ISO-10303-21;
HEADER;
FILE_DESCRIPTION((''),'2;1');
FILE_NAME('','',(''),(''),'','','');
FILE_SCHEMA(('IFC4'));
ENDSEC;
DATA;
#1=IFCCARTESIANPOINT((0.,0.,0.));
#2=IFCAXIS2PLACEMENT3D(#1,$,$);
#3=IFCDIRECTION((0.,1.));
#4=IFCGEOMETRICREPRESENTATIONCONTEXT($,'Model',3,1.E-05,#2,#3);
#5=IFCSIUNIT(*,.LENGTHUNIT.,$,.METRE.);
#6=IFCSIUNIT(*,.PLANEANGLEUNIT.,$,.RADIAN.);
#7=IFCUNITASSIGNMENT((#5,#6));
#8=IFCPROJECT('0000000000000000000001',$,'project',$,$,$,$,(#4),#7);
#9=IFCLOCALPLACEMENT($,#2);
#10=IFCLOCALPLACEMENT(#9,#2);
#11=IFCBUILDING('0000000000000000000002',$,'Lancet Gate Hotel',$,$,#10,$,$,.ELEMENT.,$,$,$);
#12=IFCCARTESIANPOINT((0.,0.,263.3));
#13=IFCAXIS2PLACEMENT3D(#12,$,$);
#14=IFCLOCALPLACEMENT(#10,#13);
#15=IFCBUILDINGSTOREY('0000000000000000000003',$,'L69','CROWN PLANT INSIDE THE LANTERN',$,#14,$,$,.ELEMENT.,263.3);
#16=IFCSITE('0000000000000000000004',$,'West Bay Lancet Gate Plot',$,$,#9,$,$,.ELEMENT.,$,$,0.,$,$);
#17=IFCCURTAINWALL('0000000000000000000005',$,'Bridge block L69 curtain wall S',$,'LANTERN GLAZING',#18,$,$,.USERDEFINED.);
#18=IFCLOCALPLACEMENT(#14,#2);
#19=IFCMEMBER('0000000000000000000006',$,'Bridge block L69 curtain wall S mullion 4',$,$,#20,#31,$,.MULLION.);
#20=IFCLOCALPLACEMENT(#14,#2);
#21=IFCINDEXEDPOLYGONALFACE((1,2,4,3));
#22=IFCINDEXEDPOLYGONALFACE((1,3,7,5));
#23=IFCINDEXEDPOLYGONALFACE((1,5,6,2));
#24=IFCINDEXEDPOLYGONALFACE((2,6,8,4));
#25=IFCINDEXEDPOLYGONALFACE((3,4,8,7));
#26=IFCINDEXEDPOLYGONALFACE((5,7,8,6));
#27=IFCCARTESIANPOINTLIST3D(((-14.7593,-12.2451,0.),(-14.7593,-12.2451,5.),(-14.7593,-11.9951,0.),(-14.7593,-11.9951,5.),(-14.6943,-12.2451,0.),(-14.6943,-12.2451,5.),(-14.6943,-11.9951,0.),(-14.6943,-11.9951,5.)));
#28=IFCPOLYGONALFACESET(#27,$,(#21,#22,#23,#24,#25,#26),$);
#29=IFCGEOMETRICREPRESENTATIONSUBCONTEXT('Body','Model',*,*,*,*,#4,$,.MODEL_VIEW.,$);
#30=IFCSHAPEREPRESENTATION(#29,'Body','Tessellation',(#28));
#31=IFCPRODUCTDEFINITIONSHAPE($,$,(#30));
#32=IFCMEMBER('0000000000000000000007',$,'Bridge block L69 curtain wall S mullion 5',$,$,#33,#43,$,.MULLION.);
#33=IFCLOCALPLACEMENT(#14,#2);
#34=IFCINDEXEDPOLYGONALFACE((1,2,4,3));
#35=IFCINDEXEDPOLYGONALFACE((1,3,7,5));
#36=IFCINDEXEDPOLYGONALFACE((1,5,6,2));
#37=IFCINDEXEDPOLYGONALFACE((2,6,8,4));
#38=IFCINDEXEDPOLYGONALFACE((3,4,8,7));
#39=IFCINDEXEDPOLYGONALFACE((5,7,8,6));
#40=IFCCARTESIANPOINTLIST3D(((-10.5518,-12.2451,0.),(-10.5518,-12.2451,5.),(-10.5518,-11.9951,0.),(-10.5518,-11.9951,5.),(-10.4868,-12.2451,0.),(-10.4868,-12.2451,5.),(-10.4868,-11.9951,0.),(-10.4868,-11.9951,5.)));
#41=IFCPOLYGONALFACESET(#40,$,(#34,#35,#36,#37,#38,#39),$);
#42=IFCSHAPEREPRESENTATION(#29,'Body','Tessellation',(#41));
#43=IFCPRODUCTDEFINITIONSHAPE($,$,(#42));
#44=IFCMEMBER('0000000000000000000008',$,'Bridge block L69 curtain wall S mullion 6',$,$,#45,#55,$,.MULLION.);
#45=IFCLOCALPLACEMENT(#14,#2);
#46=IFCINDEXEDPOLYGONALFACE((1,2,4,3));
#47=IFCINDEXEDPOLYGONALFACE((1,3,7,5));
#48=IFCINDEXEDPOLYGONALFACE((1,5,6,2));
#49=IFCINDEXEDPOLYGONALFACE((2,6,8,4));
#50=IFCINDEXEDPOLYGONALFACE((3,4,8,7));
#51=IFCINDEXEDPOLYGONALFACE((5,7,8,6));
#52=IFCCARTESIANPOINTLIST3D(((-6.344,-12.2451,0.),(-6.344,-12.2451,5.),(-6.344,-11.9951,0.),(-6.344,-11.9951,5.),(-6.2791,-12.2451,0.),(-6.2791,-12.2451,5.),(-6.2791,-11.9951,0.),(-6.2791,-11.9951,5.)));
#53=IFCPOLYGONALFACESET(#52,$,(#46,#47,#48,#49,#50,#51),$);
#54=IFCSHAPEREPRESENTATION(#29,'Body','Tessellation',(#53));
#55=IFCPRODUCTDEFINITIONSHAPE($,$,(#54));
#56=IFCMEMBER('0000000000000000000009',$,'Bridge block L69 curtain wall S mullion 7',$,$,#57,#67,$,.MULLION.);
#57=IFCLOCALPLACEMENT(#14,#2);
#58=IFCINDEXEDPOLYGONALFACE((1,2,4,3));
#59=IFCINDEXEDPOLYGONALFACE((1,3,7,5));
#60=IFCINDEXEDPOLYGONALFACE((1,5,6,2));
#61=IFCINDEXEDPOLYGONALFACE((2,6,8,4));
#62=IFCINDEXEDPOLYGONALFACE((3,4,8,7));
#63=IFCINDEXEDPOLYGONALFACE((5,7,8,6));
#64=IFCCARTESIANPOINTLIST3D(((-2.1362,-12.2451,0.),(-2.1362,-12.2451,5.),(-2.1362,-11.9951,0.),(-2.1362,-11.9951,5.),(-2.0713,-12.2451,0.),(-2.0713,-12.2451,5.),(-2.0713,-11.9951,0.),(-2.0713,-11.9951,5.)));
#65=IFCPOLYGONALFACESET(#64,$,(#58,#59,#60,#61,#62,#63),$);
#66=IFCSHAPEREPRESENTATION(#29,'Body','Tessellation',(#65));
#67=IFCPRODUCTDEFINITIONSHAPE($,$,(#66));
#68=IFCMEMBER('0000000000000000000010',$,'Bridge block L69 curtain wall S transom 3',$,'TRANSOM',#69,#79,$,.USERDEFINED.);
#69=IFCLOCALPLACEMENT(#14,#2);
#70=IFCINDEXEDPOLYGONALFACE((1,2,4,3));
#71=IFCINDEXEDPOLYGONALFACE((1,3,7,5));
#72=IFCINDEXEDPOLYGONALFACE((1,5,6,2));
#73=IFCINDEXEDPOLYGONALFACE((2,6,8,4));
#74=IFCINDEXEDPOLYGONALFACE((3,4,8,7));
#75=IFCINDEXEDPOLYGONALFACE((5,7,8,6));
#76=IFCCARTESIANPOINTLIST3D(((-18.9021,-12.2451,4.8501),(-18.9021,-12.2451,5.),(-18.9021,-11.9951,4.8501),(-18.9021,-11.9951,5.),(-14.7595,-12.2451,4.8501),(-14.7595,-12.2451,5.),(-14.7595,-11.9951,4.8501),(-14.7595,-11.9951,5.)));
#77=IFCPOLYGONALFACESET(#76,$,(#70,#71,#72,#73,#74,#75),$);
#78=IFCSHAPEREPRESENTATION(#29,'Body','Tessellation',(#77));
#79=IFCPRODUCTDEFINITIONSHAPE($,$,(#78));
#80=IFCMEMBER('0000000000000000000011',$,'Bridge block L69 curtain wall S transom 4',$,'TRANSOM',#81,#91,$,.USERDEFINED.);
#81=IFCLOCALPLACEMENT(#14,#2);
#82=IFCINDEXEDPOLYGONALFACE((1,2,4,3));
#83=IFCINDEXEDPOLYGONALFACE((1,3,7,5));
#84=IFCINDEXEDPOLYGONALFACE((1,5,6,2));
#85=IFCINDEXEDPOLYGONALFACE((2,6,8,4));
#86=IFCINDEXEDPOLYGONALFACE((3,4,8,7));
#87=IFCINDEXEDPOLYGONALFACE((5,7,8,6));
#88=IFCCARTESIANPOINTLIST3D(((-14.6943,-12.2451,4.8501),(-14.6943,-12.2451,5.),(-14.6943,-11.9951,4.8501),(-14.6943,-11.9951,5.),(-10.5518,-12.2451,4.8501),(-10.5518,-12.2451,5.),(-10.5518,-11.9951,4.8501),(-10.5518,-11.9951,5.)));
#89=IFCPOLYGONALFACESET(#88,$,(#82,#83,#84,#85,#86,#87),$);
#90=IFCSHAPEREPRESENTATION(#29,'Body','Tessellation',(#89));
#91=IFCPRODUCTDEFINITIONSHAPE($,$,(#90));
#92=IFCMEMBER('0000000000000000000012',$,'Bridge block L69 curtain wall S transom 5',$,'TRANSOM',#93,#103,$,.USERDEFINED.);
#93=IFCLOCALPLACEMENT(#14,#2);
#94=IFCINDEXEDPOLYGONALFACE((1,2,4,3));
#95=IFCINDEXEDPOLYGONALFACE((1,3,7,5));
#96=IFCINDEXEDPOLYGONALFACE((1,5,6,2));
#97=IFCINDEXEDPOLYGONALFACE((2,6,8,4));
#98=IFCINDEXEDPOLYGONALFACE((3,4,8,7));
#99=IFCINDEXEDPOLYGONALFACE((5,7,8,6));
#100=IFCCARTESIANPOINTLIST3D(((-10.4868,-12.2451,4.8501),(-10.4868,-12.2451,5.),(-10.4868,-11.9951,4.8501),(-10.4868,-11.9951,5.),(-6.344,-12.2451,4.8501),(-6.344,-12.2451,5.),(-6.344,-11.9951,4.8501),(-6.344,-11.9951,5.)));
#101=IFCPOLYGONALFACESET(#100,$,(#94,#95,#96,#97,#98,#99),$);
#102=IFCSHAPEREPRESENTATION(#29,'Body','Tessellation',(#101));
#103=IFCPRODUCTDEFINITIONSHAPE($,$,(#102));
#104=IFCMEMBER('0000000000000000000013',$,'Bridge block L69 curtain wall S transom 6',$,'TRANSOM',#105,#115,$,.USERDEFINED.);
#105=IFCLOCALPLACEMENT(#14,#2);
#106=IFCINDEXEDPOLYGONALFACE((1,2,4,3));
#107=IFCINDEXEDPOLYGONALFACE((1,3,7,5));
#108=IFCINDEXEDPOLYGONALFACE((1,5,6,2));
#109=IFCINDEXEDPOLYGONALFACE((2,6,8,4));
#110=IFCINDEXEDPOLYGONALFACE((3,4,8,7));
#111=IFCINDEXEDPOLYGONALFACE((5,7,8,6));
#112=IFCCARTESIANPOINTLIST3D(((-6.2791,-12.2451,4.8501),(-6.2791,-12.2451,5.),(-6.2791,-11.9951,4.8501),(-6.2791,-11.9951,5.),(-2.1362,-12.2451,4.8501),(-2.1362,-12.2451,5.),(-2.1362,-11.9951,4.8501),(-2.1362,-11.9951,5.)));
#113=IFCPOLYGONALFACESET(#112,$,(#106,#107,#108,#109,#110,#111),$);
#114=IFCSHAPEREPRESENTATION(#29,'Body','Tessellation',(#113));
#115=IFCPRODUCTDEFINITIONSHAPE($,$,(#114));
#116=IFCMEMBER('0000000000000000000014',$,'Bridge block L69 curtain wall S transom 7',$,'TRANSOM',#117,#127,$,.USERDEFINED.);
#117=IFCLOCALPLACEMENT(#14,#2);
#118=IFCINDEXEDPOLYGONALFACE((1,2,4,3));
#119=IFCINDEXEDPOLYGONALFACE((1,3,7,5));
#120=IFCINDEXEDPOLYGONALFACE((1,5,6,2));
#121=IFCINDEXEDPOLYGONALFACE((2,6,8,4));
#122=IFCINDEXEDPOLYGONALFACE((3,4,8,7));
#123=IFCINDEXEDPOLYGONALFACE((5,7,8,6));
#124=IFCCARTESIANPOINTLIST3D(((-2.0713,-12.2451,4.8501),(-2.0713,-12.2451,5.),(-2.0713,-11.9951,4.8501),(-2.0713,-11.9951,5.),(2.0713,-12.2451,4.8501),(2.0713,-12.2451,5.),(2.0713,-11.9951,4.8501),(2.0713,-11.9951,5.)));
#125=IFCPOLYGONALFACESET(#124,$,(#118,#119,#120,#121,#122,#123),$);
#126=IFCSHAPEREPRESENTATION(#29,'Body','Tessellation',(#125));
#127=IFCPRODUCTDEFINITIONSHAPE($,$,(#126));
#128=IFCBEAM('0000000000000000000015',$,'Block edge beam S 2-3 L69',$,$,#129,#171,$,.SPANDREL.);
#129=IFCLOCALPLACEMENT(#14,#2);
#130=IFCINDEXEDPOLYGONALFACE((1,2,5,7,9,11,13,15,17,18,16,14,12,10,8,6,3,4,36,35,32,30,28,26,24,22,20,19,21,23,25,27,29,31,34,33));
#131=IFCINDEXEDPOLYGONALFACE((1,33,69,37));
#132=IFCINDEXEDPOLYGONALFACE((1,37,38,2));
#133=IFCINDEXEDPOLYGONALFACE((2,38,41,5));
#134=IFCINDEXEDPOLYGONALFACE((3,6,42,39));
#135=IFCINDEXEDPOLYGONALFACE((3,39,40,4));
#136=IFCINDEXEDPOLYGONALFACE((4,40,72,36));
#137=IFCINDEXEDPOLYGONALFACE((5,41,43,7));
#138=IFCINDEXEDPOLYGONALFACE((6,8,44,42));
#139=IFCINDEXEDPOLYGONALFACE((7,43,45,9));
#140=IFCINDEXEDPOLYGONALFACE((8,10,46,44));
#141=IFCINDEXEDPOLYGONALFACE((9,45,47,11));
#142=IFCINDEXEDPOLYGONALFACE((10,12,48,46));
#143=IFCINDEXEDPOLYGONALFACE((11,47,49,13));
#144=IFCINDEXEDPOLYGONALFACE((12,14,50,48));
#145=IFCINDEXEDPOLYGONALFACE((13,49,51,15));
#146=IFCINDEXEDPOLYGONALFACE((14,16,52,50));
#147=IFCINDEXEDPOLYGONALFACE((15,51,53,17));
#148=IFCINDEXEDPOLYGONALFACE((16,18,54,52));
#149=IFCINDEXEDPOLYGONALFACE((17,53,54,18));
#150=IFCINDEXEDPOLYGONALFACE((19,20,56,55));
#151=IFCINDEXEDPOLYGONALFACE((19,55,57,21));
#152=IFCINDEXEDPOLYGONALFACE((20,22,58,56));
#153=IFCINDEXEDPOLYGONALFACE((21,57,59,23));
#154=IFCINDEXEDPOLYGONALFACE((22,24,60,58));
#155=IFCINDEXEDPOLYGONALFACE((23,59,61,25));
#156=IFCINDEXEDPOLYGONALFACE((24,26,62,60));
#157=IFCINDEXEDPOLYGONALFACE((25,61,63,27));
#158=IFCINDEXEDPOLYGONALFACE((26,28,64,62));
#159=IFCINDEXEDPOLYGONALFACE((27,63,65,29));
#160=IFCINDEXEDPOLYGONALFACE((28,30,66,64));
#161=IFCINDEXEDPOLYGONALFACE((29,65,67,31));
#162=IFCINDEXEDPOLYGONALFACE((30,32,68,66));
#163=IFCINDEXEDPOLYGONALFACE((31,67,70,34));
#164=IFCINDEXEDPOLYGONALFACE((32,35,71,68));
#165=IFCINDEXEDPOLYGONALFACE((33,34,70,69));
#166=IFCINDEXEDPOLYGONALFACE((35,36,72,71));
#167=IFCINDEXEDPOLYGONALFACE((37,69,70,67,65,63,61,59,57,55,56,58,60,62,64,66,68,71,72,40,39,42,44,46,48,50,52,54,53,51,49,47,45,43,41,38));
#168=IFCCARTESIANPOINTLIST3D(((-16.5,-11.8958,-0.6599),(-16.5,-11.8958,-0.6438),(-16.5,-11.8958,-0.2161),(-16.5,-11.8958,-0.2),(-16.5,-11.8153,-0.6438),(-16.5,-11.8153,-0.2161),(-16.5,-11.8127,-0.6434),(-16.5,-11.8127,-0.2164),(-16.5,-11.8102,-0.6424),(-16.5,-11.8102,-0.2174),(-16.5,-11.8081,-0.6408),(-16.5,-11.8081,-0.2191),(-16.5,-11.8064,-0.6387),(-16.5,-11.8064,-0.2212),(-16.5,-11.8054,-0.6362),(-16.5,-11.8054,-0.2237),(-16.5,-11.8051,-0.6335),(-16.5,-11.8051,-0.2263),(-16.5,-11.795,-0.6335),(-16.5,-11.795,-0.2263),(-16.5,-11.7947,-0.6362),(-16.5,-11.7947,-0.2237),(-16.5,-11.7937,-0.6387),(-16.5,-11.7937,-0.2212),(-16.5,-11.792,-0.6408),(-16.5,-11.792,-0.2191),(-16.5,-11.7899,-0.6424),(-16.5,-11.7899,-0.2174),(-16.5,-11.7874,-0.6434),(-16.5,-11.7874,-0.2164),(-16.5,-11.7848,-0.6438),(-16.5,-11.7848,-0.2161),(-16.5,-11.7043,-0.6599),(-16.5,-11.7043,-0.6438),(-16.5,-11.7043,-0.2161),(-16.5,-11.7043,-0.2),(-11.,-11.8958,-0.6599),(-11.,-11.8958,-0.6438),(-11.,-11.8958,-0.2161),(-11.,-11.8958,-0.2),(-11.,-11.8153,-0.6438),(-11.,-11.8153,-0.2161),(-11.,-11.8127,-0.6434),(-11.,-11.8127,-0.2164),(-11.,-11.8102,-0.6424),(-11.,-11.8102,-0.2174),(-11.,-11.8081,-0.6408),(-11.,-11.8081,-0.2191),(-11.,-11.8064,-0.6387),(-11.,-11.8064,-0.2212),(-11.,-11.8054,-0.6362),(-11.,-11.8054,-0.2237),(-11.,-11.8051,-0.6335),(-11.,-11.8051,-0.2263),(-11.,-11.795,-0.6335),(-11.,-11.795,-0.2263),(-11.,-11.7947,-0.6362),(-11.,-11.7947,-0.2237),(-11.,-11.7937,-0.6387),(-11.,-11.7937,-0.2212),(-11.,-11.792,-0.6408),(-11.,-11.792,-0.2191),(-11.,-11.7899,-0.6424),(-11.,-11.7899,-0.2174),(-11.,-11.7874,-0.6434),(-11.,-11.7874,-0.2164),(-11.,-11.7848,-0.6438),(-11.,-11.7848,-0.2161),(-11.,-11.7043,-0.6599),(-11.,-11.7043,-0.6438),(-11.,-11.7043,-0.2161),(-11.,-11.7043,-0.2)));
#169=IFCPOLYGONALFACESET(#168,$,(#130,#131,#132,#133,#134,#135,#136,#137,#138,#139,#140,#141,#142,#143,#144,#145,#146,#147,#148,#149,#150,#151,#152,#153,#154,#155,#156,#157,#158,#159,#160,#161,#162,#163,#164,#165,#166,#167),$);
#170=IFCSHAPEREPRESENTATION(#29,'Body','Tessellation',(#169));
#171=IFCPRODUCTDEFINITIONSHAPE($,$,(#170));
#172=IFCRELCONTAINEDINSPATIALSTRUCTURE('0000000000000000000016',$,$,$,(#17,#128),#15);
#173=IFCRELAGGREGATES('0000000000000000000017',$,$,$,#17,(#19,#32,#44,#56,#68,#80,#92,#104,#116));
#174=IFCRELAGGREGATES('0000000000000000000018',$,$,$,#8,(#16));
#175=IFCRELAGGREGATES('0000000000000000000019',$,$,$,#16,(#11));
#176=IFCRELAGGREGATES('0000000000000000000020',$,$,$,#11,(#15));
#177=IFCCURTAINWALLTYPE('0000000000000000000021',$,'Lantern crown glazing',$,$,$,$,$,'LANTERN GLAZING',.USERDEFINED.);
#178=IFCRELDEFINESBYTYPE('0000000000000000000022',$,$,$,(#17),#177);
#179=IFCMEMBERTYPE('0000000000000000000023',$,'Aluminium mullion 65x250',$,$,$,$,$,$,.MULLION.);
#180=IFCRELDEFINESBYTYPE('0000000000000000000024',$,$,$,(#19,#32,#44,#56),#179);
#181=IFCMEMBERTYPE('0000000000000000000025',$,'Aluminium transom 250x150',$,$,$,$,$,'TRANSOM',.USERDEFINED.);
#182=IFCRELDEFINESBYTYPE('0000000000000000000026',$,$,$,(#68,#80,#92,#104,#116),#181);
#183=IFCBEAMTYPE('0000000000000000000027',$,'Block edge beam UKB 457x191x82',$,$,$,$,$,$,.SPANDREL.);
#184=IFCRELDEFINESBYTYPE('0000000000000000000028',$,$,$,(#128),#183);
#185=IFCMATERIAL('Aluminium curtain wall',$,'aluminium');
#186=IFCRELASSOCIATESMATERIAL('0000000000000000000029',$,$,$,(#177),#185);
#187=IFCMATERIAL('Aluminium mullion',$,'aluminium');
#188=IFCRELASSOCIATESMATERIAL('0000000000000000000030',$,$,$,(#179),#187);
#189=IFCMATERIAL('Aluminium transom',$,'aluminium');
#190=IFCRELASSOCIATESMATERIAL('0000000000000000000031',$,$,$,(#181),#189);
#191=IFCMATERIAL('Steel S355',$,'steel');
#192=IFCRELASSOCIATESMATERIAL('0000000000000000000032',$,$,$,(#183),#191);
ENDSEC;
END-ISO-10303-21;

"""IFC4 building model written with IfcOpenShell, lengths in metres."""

from ifc_helpers import new_model, si_unit, direction, frame, origin, origin_2d, place, context, subcontext, project, spatial, rectangle, i_section, extrude, material, material_profile, profile_set, type_object, element, aggregate, save


model = new_model("IFC4")

# Units and contexts
model_context = context("Model", 3, precision=1e-05, world=origin(), true_north=direction((0.0, 1.0)))
body_context = subcontext(model_context, "Body", "Model", "MODEL_VIEW")
ifc_project = project(units=[si_unit("LENGTHUNIT", "METRE"), si_unit("PLANEANGLEUNIT", "RADIAN")], contexts=[model_context])

# Site, building, storey
site_placement = place(None, origin())
site = spatial("IfcSite", under=ifc_project, at=site_placement, Name="West Bay Lancet Gate Plot", CompositionType="ELEMENT", RefElevation=0.0)
building_placement = place(site_placement, origin())
building = spatial("IfcBuilding", under=site, at=building_placement, Name="Lancet Gate Hotel", CompositionType="ELEMENT")
storey_placement = place(building_placement, frame((0.0, 0.0, 263.3)))
storey = spatial("IfcBuildingStorey", under=building, at=storey_placement, Name="L69", Description="CROWN PLANT INSIDE THE LANTERN", CompositionType="ELEMENT", Elevation=263.3)

# Curtain wall, members
ifc_material_1 = material(Name="Aluminium curtain wall", Category="aluminium")
curtain_wall_type = type_object("IfcCurtainWallType", Name="Lantern crown glazing", ElementType="LANTERN GLAZING", PredefinedType="USERDEFINED", material=ifc_material_1)
curtain_wall_placement = place(storey_placement, origin())
curtain_wall = element("IfcCurtainWall", 1, at=curtain_wall_placement, inside=storey, type_object=curtain_wall_type, Name="Bridge block L69 curtain wall S", ObjectType="LANTERN GLAZING", PredefinedType="USERDEFINED")
ifc_material_2 = material(Name="Aluminium mullion", Category="aluminium")
ifc_material_profile_1 = material_profile(ifc_material_2, rectangle(XDim=0.0649, YDim=0.25, at=origin_2d()), Name="MULLION 65x250")
ifc_profile_set_1 = profile_set([ifc_material_profile_1], Name="Aluminium mullion")
member_type_1 = type_object("IfcMemberType", Name="Aluminium mullion 65x250", PredefinedType="MULLION", material=ifc_profile_set_1)
member_1_placement = place(storey_placement, frame((-14.7268, -12.1201, 0.0), z_axis=(0.0, 0.0, 1.0), x_axis=(1.0, 0.0, 0.0)))
member_1 = element("IfcMember", 2, at=member_1_placement, type_object=member_type_1, Name="Bridge block L69 curtain wall S mullion 4", PredefinedType="MULLION", context=body_context, shape_type="SweptSolid", body=[
    extrude(rectangle(XDim=0.0649, YDim=0.25, at=origin_2d()), origin(), (0.0, 0.0, 1.0), 5.0),
])
member_2_placement = place(storey_placement, frame((-10.5193, -12.1201, 0.0), z_axis=(0.0, 0.0, 1.0), x_axis=(1.0, 0.0, 0.0)))
member_2 = element("IfcMember", 3, at=member_2_placement, type_object=member_type_1, Name="Bridge block L69 curtain wall S mullion 5", PredefinedType="MULLION", context=body_context, shape_type="SweptSolid", body=[
    extrude(rectangle(XDim=0.0649, YDim=0.25, at=origin_2d()), origin(), (0.0, 0.0, 1.0), 5.0),
])
member_3_placement = place(storey_placement, frame((-6.3115, -12.1201, 0.0), z_axis=(0.0, 0.0, 1.0), x_axis=(1.0, 0.0, 0.0)))
member_3 = element("IfcMember", 4, at=member_3_placement, type_object=member_type_1, Name="Bridge block L69 curtain wall S mullion 6", PredefinedType="MULLION", context=body_context, shape_type="SweptSolid", body=[
    extrude(rectangle(XDim=0.0649, YDim=0.25, at=origin_2d()), origin(), (0.0, 0.0, 1.0), 5.0),
])
member_4_placement = place(storey_placement, frame((-2.1038, -12.1201, 0.0), z_axis=(0.0, 0.0, 1.0), x_axis=(1.0, 0.0, 0.0)))
member_4 = element("IfcMember", 5, at=member_4_placement, type_object=member_type_1, Name="Bridge block L69 curtain wall S mullion 7", PredefinedType="MULLION", context=body_context, shape_type="SweptSolid", body=[
    extrude(rectangle(XDim=0.0649, YDim=0.25, at=origin_2d()), origin(), (0.0, 0.0, 1.0), 5.0),
])
ifc_material_3 = material(Name="Aluminium transom", Category="aluminium")
ifc_material_profile_2 = material_profile(ifc_material_3, rectangle(XDim=0.25, YDim=0.1499, at=origin_2d()), Name="TRANSOM 250x150")
ifc_profile_set_2 = profile_set([ifc_material_profile_2], Name="Aluminium transom")
member_type_2 = type_object("IfcMemberType", Name="Aluminium transom 250x150", ElementType="TRANSOM", PredefinedType="USERDEFINED", material=ifc_profile_set_2)
member_5_placement = place(storey_placement, frame((-18.9021, -12.1201, 4.925), z_axis=(1.0, 0.0, 0.0), x_axis=(0.0, 1.0, 0.0)))
member_5 = element("IfcMember", 6, at=member_5_placement, type_object=member_type_2, Name="Bridge block L69 curtain wall S transom 3", ObjectType="TRANSOM", PredefinedType="USERDEFINED", context=body_context, shape_type="SweptSolid", body=[
    extrude(rectangle(XDim=0.25, YDim=0.1499, at=origin_2d()), origin(), (0.0, 0.0, 1.0), 4.1426),
])
member_6_placement = place(storey_placement, frame((-14.6943, -12.1201, 4.925), z_axis=(1.0, 0.0, 0.0), x_axis=(0.0, 1.0, 0.0)))
member_6 = element("IfcMember", 7, at=member_6_placement, type_object=member_type_2, Name="Bridge block L69 curtain wall S transom 4", ObjectType="TRANSOM", PredefinedType="USERDEFINED", context=body_context, shape_type="SweptSolid", body=[
    extrude(rectangle(XDim=0.25, YDim=0.1499, at=origin_2d()), origin(), (0.0, 0.0, 1.0), 4.1426),
])
member_7_placement = place(storey_placement, frame((-10.4868, -12.1201, 4.925), z_axis=(1.0, 0.0, 0.0), x_axis=(0.0, 1.0, 0.0)))
member_7 = element("IfcMember", 8, at=member_7_placement, type_object=member_type_2, Name="Bridge block L69 curtain wall S transom 5", ObjectType="TRANSOM", PredefinedType="USERDEFINED", context=body_context, shape_type="SweptSolid", body=[
    extrude(rectangle(XDim=0.25, YDim=0.1499, at=origin_2d()), origin(), (0.0, 0.0, 1.0), 4.1428),
])
member_8_placement = place(storey_placement, frame((-6.2791, -12.1201, 4.925), z_axis=(1.0, 0.0, 0.0), x_axis=(0.0, 1.0, 0.0)))
member_8 = element("IfcMember", 9, at=member_8_placement, type_object=member_type_2, Name="Bridge block L69 curtain wall S transom 6", ObjectType="TRANSOM", PredefinedType="USERDEFINED", context=body_context, shape_type="SweptSolid", body=[
    extrude(rectangle(XDim=0.25, YDim=0.1499, at=origin_2d()), origin(), (0.0, 0.0, 1.0), 4.1428),
])
member_9_placement = place(storey_placement, frame((-2.0713, -12.1201, 4.925), z_axis=(1.0, 0.0, 0.0), x_axis=(0.0, 1.0, 0.0)))
member_9 = element("IfcMember", 10, at=member_9_placement, type_object=member_type_2, Name="Bridge block L69 curtain wall S transom 7", ObjectType="TRANSOM", PredefinedType="USERDEFINED", context=body_context, shape_type="SweptSolid", body=[
    extrude(rectangle(XDim=0.25, YDim=0.1499, at=origin_2d()), origin(), (0.0, 0.0, 1.0), 4.1426),
])

# Beam
ifc_material_4 = material(Name="Steel S355", Category="steel")
ifc_material_profile_3 = material_profile(ifc_material_4, i_section(OverallWidth=0.1914, OverallDepth=0.46, WebThickness=0.01, FlangeThickness=0.0161, FilletRadius=0.0103, at=origin_2d()), Name="UKB 457x191x82")
ifc_profile_set_3 = profile_set([ifc_material_profile_3], Name="Steel S355")
beam_type_1 = type_object("IfcBeamType", Name="Block edge beam UKB 457x191x82", PredefinedType="SPANDREL", material=ifc_profile_set_3)
for number, where, z_axis, x_axis, name in (
    (11, (-16.5, -11.8, -0.4299), (1.0, 0.0, 0.0), (0.0, 1.0, 0.0), "Block edge beam S 2-3 L69"),
):
    element("IfcBeam", number, at=place(storey_placement, frame(where, z_axis=z_axis, x_axis=x_axis)), inside=storey, type_object=beam_type_1, Name=name, PredefinedType="SPANDREL", context=body_context, shape_type="SweptSolid", body=[
        extrude(i_section(OverallWidth=0.1914, OverallDepth=0.46, WebThickness=0.01, FlangeThickness=0.0161, FilletRadius=0.0103, at=origin_2d()), origin(), (0.0, 0.0, 1.0), 5.5),
    ])

aggregate(curtain_wall, [member_1, member_2, member_3, member_4, member_5, member_6, member_7, member_8, member_9])

save(model, "model.ifc")
